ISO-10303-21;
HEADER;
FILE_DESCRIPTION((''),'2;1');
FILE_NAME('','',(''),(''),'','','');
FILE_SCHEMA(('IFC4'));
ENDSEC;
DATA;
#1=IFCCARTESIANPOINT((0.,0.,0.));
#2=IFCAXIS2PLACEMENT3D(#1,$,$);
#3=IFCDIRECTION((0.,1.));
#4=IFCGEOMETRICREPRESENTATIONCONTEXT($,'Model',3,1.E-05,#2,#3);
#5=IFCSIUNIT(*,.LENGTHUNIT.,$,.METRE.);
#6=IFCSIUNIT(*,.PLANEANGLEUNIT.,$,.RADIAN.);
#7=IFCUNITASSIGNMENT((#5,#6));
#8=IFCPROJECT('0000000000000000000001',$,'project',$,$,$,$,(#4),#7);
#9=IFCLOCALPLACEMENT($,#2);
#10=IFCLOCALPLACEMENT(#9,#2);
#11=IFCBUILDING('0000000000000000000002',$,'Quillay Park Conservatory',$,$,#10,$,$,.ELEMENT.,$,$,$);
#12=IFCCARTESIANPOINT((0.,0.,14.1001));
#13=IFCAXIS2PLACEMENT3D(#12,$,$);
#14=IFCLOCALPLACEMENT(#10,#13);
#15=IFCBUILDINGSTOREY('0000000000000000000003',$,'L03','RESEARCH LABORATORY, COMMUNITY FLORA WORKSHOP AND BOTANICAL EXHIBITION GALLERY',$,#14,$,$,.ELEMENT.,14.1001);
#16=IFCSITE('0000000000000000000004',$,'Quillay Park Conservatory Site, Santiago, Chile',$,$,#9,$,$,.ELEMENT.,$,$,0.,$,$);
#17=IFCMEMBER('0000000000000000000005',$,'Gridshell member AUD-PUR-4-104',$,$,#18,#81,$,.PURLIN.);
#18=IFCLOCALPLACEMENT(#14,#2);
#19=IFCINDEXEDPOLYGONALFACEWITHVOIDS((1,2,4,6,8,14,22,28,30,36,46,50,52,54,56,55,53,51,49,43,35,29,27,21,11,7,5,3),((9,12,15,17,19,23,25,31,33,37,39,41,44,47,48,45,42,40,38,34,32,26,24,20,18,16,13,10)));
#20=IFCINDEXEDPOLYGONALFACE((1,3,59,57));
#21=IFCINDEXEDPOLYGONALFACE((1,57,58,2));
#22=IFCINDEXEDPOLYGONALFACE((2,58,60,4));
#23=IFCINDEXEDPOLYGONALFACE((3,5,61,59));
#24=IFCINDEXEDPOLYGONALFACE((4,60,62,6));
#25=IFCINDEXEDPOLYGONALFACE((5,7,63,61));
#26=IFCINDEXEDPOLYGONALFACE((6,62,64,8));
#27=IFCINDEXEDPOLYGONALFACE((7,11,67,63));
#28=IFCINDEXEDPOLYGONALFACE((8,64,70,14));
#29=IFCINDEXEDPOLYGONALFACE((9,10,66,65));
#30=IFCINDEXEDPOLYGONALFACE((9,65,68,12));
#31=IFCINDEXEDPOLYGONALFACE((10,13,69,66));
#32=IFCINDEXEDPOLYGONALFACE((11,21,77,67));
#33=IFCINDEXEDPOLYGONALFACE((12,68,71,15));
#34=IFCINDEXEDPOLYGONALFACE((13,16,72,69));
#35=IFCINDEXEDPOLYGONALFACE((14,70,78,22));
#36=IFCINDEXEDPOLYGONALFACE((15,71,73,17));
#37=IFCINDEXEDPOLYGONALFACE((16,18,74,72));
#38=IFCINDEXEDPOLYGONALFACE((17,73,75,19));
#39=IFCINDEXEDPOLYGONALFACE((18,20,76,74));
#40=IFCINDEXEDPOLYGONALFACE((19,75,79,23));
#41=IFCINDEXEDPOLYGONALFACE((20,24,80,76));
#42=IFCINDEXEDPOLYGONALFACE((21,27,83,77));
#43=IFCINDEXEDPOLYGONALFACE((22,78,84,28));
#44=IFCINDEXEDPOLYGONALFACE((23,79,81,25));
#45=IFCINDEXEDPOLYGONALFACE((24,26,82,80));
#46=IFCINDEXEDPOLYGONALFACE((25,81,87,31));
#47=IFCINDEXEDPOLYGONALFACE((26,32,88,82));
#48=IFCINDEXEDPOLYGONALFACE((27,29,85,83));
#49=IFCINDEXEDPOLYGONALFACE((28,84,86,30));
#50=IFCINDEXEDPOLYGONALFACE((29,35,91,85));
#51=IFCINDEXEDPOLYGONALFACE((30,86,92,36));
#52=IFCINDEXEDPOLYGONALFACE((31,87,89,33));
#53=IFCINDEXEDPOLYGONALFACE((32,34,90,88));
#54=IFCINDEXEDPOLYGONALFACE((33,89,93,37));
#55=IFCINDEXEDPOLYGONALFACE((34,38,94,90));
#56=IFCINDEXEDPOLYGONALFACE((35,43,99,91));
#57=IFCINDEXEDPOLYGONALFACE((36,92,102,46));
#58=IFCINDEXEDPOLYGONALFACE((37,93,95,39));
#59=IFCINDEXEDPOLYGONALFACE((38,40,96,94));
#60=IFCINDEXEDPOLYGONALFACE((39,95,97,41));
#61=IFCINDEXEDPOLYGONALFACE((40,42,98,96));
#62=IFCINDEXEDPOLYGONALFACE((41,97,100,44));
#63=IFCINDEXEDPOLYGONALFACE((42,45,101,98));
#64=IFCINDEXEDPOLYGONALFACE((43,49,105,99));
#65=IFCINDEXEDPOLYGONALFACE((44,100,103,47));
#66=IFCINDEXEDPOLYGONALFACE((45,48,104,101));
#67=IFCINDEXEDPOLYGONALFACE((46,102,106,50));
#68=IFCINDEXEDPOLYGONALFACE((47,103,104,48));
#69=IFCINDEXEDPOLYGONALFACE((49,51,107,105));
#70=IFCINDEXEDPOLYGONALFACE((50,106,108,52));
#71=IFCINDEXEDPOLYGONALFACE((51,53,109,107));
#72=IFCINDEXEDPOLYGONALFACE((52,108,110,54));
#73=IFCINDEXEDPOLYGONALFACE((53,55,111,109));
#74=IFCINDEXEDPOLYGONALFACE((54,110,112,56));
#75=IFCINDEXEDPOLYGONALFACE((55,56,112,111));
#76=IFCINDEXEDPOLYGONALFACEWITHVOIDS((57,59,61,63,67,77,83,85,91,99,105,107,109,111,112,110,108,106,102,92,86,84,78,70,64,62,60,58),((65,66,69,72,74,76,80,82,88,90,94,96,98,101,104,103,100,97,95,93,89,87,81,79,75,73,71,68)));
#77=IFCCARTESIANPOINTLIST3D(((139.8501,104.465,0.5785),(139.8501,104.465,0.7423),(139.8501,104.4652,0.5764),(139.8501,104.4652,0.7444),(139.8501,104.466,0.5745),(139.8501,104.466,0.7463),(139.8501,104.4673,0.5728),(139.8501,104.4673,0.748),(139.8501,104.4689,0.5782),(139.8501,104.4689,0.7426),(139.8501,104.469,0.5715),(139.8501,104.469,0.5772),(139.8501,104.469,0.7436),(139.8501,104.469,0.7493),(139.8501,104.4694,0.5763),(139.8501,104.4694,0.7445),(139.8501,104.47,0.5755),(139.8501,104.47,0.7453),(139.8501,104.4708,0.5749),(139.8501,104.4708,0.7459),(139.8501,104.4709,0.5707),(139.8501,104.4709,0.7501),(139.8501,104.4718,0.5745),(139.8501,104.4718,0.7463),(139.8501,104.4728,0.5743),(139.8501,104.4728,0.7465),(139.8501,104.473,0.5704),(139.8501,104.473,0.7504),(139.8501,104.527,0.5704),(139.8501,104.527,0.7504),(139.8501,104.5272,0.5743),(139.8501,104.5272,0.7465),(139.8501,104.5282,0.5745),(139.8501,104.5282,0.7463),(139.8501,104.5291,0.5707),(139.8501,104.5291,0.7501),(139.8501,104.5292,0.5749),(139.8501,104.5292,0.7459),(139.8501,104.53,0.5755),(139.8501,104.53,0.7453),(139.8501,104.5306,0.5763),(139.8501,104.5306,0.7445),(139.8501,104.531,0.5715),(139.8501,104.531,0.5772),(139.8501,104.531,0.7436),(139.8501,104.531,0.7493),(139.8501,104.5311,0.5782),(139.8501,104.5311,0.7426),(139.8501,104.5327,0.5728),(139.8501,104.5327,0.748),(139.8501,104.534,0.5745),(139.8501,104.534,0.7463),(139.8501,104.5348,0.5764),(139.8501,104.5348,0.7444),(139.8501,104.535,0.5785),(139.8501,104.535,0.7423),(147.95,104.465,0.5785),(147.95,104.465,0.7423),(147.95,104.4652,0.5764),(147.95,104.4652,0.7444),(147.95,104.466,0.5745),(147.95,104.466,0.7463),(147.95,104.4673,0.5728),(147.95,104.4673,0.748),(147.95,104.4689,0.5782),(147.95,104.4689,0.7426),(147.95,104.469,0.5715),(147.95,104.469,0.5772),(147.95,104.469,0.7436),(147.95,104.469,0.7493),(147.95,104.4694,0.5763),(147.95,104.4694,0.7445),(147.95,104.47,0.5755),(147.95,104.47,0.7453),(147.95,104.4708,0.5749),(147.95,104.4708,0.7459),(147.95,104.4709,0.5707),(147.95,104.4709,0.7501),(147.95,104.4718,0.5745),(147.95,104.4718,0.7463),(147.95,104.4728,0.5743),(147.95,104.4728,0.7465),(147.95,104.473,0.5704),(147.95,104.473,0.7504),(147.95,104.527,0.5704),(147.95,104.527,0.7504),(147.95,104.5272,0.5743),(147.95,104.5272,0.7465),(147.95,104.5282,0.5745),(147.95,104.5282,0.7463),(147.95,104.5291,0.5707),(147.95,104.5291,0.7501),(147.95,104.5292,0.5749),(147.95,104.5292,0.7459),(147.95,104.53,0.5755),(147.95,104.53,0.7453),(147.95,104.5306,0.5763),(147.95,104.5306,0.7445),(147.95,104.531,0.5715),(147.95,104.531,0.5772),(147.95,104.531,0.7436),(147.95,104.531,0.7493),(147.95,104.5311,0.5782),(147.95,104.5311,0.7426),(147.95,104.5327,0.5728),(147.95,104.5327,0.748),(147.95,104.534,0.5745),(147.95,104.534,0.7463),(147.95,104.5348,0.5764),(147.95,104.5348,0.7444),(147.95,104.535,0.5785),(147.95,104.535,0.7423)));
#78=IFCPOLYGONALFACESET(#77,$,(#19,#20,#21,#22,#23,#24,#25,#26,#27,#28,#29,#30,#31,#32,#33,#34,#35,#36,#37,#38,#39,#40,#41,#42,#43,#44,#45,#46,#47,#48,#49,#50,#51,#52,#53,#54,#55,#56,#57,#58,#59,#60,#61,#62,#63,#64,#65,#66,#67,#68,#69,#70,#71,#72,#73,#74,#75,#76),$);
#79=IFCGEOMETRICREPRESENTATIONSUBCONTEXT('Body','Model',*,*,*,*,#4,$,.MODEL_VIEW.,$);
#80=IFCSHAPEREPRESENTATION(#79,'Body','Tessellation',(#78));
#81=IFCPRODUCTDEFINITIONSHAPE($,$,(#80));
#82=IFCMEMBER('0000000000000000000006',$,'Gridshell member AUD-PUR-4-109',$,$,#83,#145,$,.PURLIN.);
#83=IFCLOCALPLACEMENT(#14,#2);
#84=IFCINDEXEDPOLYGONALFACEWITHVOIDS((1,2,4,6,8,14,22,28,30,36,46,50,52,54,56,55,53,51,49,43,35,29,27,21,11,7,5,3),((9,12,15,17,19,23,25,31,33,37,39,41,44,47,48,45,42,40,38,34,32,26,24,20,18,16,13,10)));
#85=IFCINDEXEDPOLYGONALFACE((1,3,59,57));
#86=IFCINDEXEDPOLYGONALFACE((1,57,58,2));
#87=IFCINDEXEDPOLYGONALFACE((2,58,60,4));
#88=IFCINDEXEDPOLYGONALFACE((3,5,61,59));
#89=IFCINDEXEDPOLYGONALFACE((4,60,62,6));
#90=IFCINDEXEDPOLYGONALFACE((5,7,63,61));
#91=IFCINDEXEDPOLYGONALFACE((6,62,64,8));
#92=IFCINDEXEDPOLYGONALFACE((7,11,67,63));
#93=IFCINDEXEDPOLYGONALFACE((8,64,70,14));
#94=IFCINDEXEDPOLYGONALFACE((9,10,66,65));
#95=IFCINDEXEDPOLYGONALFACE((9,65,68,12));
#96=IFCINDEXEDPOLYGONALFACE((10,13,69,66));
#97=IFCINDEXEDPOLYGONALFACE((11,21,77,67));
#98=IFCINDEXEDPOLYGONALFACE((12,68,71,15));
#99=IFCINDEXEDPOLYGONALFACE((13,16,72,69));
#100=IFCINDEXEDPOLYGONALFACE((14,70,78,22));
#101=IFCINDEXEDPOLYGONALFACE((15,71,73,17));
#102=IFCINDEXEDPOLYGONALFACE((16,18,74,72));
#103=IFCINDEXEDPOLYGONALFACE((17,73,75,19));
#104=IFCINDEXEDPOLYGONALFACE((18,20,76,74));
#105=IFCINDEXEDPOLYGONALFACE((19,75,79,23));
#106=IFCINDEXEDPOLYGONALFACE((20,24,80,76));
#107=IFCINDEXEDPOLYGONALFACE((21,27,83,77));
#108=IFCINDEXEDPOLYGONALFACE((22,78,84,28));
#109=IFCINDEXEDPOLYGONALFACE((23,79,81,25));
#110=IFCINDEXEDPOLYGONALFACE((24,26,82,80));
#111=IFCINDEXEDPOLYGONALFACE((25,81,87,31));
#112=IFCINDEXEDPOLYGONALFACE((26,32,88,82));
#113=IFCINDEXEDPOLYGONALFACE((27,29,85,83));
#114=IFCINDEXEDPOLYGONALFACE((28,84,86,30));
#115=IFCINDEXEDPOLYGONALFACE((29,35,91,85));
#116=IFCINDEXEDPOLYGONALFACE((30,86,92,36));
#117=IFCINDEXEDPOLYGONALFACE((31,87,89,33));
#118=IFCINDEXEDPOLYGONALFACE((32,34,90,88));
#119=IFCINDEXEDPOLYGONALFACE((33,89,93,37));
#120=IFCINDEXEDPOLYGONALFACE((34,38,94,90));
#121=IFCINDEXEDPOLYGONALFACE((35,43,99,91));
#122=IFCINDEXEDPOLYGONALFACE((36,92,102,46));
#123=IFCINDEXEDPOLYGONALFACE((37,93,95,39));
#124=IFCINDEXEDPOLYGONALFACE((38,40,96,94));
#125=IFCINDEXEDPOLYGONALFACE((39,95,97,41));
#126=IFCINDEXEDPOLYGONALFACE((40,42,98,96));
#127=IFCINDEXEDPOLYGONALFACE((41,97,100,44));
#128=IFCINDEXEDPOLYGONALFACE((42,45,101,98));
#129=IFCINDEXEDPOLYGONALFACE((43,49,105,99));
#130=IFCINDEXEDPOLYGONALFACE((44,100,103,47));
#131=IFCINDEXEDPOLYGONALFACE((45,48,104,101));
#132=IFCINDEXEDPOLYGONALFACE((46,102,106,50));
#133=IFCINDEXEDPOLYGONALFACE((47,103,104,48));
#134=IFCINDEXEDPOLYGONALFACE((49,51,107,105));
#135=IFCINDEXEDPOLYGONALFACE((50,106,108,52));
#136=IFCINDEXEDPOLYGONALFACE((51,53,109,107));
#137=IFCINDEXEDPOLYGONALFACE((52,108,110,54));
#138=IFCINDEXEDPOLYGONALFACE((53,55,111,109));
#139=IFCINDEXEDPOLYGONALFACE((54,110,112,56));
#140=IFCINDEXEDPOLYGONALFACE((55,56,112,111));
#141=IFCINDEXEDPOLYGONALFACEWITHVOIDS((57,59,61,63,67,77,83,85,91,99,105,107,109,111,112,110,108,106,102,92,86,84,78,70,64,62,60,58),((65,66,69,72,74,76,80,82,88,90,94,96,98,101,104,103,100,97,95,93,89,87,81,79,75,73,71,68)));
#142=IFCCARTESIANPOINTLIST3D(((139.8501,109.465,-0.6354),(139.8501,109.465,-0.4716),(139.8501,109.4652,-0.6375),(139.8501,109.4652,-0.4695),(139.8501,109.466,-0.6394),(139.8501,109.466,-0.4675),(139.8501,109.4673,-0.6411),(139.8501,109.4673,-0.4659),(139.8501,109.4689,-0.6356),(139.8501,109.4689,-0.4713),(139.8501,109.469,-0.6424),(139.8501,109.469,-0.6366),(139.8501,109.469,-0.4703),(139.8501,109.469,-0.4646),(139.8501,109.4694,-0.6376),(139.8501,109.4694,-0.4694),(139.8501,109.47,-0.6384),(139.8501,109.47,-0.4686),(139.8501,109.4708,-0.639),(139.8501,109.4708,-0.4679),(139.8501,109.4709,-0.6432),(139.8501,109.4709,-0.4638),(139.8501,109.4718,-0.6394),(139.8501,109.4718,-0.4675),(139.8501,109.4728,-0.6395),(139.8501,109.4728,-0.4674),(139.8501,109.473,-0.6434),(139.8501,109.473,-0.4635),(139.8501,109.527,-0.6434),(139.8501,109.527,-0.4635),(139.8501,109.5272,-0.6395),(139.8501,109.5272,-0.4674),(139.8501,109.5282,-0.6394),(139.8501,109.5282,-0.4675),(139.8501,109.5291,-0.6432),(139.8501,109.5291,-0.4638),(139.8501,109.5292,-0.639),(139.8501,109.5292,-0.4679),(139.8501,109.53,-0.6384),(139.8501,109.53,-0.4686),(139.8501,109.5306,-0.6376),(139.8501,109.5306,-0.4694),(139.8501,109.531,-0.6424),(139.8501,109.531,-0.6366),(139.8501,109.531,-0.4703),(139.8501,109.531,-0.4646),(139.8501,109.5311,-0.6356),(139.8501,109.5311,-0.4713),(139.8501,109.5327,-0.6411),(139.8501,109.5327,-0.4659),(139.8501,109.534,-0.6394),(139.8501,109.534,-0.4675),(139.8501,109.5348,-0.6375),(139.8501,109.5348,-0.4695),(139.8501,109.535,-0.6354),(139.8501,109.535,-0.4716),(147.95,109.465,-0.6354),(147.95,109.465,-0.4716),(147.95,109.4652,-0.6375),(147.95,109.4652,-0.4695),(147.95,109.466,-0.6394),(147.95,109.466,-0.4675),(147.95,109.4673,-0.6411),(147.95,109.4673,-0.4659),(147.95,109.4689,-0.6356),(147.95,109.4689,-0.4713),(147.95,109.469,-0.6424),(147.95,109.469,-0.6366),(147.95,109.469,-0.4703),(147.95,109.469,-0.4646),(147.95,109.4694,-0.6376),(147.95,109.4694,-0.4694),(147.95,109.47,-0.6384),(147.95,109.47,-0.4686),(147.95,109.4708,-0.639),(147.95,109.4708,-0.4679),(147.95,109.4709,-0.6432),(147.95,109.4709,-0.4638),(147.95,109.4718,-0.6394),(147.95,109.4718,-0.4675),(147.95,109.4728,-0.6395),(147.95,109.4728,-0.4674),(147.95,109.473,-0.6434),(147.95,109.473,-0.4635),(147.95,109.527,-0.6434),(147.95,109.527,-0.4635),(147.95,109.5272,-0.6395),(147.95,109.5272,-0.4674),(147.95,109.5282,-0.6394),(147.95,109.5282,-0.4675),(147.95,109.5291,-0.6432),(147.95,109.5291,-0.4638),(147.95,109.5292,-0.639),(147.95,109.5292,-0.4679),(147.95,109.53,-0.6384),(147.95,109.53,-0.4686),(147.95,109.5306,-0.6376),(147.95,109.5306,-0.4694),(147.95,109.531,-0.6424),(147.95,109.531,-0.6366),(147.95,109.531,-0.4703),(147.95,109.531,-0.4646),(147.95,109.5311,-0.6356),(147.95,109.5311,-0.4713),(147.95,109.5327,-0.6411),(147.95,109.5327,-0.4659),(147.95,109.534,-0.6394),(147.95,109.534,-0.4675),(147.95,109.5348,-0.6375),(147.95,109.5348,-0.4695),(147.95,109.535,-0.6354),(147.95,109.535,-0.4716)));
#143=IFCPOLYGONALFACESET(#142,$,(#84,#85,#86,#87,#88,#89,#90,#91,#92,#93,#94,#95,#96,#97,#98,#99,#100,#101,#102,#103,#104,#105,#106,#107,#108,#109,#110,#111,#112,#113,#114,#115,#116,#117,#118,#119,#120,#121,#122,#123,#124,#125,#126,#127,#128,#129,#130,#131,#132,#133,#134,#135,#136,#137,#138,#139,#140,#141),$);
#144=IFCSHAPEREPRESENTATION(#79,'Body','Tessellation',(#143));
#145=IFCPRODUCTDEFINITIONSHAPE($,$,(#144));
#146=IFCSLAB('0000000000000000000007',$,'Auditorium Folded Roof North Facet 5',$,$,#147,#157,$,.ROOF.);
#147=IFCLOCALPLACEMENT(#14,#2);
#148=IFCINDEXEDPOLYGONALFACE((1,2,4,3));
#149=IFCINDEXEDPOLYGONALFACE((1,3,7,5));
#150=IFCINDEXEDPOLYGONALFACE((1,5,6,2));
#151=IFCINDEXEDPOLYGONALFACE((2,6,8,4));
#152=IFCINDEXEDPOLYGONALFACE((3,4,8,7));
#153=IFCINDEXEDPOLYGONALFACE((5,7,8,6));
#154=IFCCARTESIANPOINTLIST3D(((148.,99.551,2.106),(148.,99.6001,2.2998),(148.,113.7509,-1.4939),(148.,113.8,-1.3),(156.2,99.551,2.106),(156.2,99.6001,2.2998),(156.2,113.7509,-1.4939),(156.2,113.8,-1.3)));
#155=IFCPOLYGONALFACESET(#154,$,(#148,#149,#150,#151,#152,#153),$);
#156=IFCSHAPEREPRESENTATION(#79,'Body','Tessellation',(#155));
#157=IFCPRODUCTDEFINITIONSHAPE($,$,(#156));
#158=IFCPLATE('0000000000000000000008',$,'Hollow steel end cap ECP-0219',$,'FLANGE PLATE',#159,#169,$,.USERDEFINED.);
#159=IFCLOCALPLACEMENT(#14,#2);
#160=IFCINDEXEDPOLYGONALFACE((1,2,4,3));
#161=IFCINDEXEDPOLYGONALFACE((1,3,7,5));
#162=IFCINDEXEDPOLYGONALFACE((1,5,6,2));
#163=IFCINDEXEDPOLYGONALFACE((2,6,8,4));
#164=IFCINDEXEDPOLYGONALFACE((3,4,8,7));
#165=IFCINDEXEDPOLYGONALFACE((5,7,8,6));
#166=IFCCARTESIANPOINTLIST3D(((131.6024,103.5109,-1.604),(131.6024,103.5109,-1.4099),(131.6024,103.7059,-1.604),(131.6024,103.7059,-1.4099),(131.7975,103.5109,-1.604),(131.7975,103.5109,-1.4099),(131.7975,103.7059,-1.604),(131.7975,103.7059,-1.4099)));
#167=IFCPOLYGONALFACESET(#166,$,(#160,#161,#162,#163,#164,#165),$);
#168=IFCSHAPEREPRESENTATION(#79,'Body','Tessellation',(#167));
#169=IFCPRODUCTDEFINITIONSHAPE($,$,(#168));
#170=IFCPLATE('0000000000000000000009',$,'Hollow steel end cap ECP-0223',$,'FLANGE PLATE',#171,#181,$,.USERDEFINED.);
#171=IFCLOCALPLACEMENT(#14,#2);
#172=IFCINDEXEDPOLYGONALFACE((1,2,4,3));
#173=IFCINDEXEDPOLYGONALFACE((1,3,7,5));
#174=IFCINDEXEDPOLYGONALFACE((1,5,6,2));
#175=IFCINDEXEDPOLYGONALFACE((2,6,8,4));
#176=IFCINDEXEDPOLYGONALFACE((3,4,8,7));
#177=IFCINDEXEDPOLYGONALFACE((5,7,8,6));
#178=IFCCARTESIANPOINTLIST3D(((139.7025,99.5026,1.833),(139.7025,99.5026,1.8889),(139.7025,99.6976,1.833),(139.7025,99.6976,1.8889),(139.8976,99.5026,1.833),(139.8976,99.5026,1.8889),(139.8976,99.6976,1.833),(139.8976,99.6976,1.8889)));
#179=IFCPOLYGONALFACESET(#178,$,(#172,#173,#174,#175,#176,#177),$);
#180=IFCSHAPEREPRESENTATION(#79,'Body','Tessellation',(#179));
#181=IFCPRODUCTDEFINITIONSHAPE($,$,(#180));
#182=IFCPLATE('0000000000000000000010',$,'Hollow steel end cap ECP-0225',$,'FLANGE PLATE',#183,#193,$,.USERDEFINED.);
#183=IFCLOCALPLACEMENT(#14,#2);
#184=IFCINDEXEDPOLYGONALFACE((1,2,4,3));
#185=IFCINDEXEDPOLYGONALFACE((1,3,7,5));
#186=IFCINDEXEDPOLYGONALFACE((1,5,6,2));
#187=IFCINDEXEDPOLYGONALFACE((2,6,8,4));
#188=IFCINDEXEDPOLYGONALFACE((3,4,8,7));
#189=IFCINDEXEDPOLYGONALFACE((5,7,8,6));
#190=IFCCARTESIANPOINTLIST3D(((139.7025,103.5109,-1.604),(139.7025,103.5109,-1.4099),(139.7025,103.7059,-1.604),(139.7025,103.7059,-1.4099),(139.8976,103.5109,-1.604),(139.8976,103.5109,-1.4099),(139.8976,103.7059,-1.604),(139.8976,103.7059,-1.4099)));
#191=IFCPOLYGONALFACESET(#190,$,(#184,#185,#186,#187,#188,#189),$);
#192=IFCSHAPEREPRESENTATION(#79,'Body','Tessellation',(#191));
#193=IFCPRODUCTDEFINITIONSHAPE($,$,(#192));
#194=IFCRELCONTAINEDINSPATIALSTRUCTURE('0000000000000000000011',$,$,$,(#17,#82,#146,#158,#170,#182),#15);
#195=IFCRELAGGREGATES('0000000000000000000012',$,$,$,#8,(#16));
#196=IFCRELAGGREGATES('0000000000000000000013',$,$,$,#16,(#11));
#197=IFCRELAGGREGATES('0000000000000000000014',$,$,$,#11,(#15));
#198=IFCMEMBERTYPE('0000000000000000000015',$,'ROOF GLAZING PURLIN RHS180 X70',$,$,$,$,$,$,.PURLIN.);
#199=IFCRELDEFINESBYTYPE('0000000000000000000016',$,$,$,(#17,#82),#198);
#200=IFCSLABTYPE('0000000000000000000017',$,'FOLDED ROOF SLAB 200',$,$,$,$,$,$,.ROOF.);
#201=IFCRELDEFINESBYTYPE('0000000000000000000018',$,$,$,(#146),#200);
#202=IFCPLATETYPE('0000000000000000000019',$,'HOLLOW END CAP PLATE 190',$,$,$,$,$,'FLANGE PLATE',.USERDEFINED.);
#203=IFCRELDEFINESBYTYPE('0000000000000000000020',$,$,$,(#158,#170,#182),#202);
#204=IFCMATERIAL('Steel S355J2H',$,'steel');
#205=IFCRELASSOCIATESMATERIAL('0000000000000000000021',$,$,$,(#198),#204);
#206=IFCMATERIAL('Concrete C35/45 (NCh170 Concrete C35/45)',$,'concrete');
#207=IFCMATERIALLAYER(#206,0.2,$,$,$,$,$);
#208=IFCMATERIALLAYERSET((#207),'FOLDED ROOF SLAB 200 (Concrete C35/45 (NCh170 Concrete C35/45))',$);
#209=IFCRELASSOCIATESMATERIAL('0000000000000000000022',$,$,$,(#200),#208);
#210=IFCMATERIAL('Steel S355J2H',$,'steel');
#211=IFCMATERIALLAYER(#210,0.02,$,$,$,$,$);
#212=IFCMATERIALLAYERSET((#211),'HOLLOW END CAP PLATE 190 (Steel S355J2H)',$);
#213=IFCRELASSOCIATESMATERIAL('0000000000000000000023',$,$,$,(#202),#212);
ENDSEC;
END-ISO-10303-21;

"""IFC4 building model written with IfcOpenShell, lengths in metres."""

from ifc_helpers import new_model, si_unit, direction, frame, origin, origin_2d, place, context, subcontext, project, spatial, polyline, rectangle, hollow_rectangle, outline, extrude, material, layer, layer_set, material_profile, profile_set, type_object, element, save


model = new_model("IFC4")

# Units and contexts
model_context = context("Model", 3, precision=1e-05, world=origin(), true_north=direction((0.0, 1.0)))
body_context = subcontext(model_context, "Body", "Model", "MODEL_VIEW")
ifc_project = project(units=[si_unit("LENGTHUNIT", "METRE"), si_unit("PLANEANGLEUNIT", "RADIAN")], contexts=[model_context])

# Site, building, storey
site_placement = place(None, origin())
site = spatial("IfcSite", under=ifc_project, at=site_placement, Name="Quillay Park Conservatory Site, Santiago, Chile", CompositionType="ELEMENT", RefElevation=0.0)
building_placement = place(site_placement, origin())
building = spatial("IfcBuilding", under=site, at=building_placement, Name="Quillay Park Conservatory", CompositionType="ELEMENT")
storey_placement = place(building_placement, frame((0.0, 0.0, 14.1001)))
storey = spatial("IfcBuildingStorey", under=building, at=storey_placement, Name="L03", Description="RESEARCH LABORATORY, COMMUNITY FLORA WORKSHOP AND BOTANICAL EXHIBITION GALLERY", CompositionType="ELEMENT", Elevation=14.1001)

# Members
ifc_material_1 = material(Name="Steel S355J2H", Category="steel")
ifc_material_profile_1 = material_profile(ifc_material_1, hollow_rectangle(XDim=0.0701, YDim=0.1799, WallThickness=0.0039, InnerFilletRadius=0.0039, OuterFilletRadius=0.0081, at=origin_2d()), Name="RHS180x70x4")
ifc_profile_set_1 = profile_set([ifc_material_profile_1], Name="Steel S355J2H")
member_type_1 = type_object("IfcMemberType", Name="ROOF GLAZING PURLIN RHS180 X70", PredefinedType="PURLIN", material=ifc_profile_set_1)
for number, where, z_axis, x_axis, name in (
    (1, (139.8501, 104.5, 0.6604), (1.0, 0.0, 0.0), (0.0, 1.0, 0.0), "Gridshell member AUD-PUR-4-104"),
    (2, (139.8501, 109.5, -0.5535), (1.0, 0.0, 0.0), (0.0, 1.0, 0.0), "Gridshell member AUD-PUR-4-109"),
):
    element("IfcMember", number, at=place(storey_placement, frame(where, z_axis=z_axis, x_axis=x_axis)), inside=storey, type_object=member_type_1, Name=name, PredefinedType="PURLIN", context=body_context, shape_type="SweptSolid", body=[
        extrude(hollow_rectangle(XDim=0.0701, YDim=0.1799, WallThickness=0.0039, InnerFilletRadius=0.0039, OuterFilletRadius=0.0081, at=origin_2d()), origin(), (0.0, 0.0, 1.0), 8.0999),
    ])

# Slab
ifc_material_2 = material(Name="Concrete C35/45 (NCh170 Concrete C35/45)", Category="concrete")
ifc_layer_1 = layer(ifc_material_2, 0.2)
ifc_layer_set_1 = layer_set([ifc_layer_1], Name="FOLDED ROOF SLAB 200 (Concrete C35/45 (NCh170 Concrete C35/45))")
slab_type = type_object("IfcSlabType", Name="FOLDED ROOF SLAB 200", PredefinedType="ROOF", material=ifc_layer_set_1)
slab_placement = place(storey_placement, frame((148.0, 99.6001, 2.2998), z_axis=(0.0, 0.245738, 0.969336), x_axis=(1.0, 0.0, 0.0)))
element("IfcSlab", 3, at=slab_placement, inside=storey, type_object=slab_type, Name="Auditorium Folded Roof North Facet 5", PredefinedType="ROOF", context=body_context, shape_type="SweptSolid", body=[
    extrude(outline(polyline([(0.0, 0.0), (8.2, 0.0), (8.2, 14.6491), (0.0, 14.6491), (0.0, 0.0)])), origin(), (0.0, 0.0, -1.0), 0.2),
])

# Plates
ifc_material_3 = material(Name="Steel S355J2H", Category="steel")
ifc_layer_2 = layer(ifc_material_3, 0.02)
ifc_layer_set_2 = layer_set([ifc_layer_2], Name="HOLLOW END CAP PLATE 190 (Steel S355J2H)")
plate_type_1 = type_object("IfcPlateType", Name="HOLLOW END CAP PLATE 190", ElementType="FLANGE PLATE", PredefinedType="USERDEFINED", material=ifc_layer_set_2)
plate_1_placement = place(storey_placement, frame((131.7, 103.6084, -1.604), z_axis=(0.0, 0.0, 1.0), x_axis=(1.0, 0.0, 0.0)))
element("IfcPlate", 4, at=plate_1_placement, inside=storey, type_object=plate_type_1, Name="Hollow steel end cap ECP-0219", ObjectType="FLANGE PLATE", PredefinedType="USERDEFINED", context=body_context, shape_type="SweptSolid", body=[
    extrude(rectangle(XDim=0.1951, YDim=0.1951, at=origin_2d()), origin(), (0.0, 0.0, 1.0), 0.1941),
])
plate_2_placement = place(storey_placement, frame((139.8, 99.6001, 1.833), z_axis=(0.0, 0.0, 1.0), x_axis=(1.0, 0.0, 0.0)))
element("IfcPlate", 5, at=plate_2_placement, inside=storey, type_object=plate_type_1, Name="Hollow steel end cap ECP-0223", ObjectType="FLANGE PLATE", PredefinedType="USERDEFINED", context=body_context, shape_type="SweptSolid", body=[
    extrude(rectangle(XDim=0.1951, YDim=0.1951, at=origin_2d()), origin(), (0.0, 0.0, 1.0), 0.0559),
])
plate_3_placement = place(storey_placement, frame((139.8, 103.6084, -1.604), z_axis=(0.0, 0.0, 1.0), x_axis=(1.0, 0.0, 0.0)))
element("IfcPlate", 6, at=plate_3_placement, inside=storey, type_object=plate_type_1, Name="Hollow steel end cap ECP-0225", ObjectType="FLANGE PLATE", PredefinedType="USERDEFINED", context=body_context, shape_type="SweptSolid", body=[
    extrude(rectangle(XDim=0.1951, YDim=0.1951, at=origin_2d()), origin(), (0.0, 0.0, 1.0), 0.1941),
])

save(model, "model.ifc")
